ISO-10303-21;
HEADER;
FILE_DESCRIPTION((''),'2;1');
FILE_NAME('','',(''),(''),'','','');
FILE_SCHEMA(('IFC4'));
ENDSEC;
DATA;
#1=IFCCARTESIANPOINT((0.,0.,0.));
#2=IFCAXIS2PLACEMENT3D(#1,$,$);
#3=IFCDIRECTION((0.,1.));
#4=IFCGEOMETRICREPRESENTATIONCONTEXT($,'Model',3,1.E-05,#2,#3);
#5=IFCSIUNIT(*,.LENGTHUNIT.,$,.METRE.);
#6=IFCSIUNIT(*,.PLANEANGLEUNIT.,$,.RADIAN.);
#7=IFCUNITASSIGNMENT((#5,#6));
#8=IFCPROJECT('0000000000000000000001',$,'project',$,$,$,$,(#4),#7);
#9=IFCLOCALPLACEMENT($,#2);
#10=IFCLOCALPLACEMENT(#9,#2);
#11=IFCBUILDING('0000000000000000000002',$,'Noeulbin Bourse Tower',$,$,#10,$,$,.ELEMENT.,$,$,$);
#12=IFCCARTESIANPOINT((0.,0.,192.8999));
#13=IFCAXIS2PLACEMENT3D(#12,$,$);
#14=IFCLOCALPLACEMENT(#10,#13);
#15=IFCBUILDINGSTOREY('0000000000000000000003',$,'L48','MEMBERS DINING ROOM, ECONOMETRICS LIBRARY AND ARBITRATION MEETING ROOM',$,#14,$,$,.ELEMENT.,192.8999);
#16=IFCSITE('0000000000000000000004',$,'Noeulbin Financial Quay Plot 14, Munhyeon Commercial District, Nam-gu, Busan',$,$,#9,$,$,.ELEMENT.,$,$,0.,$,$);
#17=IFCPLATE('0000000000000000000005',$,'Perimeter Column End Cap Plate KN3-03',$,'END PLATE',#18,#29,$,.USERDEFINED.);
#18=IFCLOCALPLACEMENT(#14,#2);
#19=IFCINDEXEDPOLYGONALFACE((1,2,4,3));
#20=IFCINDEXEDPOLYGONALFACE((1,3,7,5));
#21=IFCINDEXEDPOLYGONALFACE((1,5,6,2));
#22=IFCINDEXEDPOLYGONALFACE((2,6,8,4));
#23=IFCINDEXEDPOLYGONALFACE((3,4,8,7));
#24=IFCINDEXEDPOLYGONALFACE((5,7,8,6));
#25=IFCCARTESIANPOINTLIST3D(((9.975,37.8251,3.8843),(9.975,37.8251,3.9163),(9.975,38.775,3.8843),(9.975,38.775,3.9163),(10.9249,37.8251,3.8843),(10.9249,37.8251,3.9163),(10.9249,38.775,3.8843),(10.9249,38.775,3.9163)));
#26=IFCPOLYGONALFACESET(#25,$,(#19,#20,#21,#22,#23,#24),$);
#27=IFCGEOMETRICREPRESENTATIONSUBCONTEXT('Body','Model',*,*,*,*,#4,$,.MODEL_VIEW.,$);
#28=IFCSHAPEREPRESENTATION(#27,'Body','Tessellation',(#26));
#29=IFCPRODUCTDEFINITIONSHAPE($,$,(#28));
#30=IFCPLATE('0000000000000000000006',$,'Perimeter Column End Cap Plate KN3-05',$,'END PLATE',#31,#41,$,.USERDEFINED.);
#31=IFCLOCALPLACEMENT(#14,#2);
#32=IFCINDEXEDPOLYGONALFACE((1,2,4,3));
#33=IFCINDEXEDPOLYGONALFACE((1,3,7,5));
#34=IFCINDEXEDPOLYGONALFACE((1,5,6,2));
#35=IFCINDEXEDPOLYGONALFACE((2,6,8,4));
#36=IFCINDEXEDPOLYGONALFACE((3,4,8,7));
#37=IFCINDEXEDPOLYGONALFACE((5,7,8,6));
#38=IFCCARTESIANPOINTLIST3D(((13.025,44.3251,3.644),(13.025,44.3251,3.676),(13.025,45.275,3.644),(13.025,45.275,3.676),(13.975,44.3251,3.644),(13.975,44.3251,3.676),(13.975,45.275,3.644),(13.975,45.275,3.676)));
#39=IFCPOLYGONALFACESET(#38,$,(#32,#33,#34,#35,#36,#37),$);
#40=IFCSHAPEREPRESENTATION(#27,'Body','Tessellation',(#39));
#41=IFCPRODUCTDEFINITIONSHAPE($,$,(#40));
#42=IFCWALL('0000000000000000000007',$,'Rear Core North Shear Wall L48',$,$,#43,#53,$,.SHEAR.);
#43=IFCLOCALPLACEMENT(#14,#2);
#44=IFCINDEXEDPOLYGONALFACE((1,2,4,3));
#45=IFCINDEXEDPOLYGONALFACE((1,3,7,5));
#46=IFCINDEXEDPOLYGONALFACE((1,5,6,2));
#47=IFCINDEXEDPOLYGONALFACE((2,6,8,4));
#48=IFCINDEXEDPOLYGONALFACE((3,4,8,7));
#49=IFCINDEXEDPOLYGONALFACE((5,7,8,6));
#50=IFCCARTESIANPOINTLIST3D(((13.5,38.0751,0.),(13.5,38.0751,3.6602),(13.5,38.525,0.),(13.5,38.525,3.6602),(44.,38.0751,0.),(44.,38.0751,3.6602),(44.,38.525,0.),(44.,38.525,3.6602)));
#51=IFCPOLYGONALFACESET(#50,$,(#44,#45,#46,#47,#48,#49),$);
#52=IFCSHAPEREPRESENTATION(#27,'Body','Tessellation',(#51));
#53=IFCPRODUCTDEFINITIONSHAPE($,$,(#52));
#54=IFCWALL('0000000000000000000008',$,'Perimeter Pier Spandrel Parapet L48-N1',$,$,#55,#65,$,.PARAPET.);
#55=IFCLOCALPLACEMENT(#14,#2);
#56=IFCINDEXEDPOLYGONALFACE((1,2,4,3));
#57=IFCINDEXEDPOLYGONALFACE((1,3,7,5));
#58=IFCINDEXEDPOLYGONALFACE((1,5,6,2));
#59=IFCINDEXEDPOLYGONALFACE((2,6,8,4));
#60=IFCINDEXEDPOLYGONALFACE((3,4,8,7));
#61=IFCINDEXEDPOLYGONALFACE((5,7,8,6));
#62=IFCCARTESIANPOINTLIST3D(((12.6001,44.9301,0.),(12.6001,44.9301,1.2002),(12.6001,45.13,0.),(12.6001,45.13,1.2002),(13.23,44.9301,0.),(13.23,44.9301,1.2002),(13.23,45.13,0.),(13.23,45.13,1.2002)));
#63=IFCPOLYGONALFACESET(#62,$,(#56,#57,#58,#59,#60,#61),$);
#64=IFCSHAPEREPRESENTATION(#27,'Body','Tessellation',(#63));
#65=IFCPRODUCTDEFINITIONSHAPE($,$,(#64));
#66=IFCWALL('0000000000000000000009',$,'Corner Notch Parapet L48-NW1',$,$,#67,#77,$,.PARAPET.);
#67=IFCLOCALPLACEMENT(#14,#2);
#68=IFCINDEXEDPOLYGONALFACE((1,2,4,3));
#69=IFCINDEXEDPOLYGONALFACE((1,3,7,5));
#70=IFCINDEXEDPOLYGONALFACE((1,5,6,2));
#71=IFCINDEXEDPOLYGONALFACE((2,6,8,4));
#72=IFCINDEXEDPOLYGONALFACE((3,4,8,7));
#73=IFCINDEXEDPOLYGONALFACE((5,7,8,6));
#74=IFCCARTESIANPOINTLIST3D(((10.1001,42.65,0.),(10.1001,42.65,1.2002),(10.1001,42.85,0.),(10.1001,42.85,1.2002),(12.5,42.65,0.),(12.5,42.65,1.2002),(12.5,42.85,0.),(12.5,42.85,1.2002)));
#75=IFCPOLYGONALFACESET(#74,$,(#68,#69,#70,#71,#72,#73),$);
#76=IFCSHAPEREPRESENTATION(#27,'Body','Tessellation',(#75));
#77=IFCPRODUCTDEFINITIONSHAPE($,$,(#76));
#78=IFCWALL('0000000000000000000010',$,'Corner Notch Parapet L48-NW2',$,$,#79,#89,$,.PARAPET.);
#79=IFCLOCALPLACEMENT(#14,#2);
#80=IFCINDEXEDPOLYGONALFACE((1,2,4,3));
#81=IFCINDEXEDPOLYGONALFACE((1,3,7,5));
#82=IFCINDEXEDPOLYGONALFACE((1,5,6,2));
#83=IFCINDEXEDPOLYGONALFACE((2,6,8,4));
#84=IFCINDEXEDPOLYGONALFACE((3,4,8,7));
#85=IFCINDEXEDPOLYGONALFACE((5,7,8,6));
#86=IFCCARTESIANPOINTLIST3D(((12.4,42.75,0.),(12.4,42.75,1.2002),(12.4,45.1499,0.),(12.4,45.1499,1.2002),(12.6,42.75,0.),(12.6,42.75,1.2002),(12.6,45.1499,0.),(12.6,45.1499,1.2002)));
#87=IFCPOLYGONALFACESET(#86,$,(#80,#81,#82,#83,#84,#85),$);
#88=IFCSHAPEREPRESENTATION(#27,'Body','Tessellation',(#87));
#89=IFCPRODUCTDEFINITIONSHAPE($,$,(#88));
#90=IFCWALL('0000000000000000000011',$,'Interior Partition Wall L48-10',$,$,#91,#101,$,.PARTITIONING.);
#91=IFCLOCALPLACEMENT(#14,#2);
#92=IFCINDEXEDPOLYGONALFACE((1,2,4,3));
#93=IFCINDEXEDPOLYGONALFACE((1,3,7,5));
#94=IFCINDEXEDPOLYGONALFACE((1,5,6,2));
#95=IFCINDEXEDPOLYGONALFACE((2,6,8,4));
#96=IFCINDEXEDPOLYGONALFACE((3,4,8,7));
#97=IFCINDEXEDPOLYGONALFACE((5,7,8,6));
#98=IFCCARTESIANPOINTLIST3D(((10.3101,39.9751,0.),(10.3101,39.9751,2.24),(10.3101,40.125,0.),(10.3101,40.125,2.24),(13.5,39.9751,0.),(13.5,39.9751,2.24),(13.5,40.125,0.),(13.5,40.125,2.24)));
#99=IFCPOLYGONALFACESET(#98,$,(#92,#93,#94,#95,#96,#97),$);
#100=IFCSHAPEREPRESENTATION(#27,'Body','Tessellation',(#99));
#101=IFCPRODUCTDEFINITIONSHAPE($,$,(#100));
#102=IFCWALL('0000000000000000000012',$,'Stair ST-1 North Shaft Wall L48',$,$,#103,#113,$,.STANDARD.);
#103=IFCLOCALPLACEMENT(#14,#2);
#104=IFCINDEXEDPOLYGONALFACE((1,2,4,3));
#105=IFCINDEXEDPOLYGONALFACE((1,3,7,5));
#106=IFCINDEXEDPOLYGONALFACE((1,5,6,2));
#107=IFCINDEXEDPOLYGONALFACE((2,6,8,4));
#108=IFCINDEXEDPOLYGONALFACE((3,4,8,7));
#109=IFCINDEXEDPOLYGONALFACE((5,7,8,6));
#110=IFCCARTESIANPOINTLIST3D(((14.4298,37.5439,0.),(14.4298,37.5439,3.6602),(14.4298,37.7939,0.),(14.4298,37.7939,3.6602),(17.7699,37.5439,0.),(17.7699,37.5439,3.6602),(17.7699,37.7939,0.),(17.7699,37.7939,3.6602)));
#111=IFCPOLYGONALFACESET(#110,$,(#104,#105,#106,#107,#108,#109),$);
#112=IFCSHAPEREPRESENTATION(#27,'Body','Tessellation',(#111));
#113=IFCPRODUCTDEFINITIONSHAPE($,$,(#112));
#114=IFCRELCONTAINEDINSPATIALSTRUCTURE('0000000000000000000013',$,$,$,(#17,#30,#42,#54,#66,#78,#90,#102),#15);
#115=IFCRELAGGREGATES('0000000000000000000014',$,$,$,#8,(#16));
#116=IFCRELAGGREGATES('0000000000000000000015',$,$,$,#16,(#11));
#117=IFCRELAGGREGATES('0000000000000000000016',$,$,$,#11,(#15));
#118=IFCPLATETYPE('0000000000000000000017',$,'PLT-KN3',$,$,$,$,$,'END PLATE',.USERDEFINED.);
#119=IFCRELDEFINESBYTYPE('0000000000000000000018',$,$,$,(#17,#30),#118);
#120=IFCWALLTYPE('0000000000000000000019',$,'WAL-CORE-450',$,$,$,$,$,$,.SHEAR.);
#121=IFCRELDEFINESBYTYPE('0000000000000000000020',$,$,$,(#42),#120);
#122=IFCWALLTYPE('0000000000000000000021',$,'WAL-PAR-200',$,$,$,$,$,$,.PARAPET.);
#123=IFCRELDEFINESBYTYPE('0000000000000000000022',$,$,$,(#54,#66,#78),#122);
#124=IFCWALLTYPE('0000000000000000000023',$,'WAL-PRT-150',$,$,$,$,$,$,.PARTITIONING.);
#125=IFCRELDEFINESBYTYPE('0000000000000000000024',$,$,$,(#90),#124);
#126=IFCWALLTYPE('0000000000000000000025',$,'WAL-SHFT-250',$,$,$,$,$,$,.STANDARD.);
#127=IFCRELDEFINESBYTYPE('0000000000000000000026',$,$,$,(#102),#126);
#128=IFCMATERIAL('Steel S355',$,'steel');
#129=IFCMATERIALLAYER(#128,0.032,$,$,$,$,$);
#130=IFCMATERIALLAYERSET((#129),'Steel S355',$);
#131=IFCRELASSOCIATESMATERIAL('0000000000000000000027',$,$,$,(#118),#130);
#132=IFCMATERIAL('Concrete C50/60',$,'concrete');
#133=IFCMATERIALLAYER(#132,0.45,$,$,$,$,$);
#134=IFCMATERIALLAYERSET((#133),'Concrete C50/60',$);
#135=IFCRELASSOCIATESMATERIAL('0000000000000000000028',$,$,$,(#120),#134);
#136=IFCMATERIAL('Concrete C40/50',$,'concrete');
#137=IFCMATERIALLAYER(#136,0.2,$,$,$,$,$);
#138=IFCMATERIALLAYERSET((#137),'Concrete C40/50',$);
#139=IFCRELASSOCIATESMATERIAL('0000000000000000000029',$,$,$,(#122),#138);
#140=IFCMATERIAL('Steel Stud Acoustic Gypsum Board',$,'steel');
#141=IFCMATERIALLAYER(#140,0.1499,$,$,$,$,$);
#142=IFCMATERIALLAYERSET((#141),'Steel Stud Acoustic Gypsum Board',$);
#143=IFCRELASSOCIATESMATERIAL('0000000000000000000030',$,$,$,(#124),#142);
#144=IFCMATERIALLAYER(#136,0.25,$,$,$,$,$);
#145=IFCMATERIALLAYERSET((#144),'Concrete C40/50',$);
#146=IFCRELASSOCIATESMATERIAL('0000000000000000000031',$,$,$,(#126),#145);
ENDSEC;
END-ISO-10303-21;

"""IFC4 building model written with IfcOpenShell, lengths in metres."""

from ifc_helpers import new_model, si_unit, direction, frame, frame_2d, origin, origin_2d, place, context, subcontext, project, spatial, rectangle, extrude, material, layer, layer_set, type_object, element, save


model = new_model("IFC4")

# Units and contexts
model_context = context("Model", 3, precision=1e-05, world=origin(), true_north=direction((0.0, 1.0)))
body_context = subcontext(model_context, "Body", "Model", "MODEL_VIEW")
ifc_project = project(units=[si_unit("LENGTHUNIT", "METRE"), si_unit("PLANEANGLEUNIT", "RADIAN")], contexts=[model_context])

# Site, building, storey
site_placement = place(None, origin())
site = spatial("IfcSite", under=ifc_project, at=site_placement, Name="Noeulbin Financial Quay Plot 14, Munhyeon Commercial District, Nam-gu, Busan", CompositionType="ELEMENT", RefElevation=0.0)
building_placement = place(site_placement, origin())
building = spatial("IfcBuilding", under=site, at=building_placement, Name="Noeulbin Bourse Tower", CompositionType="ELEMENT")
storey_placement = place(building_placement, frame((0.0, 0.0, 192.8999)))
storey = spatial("IfcBuildingStorey", under=building, at=storey_placement, Name="L48", Description="MEMBERS DINING ROOM, ECONOMETRICS LIBRARY AND ARBITRATION MEETING ROOM", CompositionType="ELEMENT", Elevation=192.8999)

# Shared definitions
ifc_material_1 = material(Name="Steel S355", Category="steel")

# Plates
ifc_layer_1 = layer(ifc_material_1, 0.032)
ifc_layer_set_1 = layer_set([ifc_layer_1], Name="Steel S355")
plate_type_1 = type_object("IfcPlateType", Name="PLT-KN3", ElementType="END PLATE", PredefinedType="USERDEFINED", material=ifc_layer_set_1)
for number, where, z_axis, x_axis, name in (
    (1, (10.45, 38.3, 3.8843), (0.0, 0.0, 1.0), (1.0, 0.0, 0.0), "Perimeter Column End Cap Plate KN3-03"),
    (2, (13.5, 44.8, 3.644), (0.0, 0.0, 1.0), (1.0, 0.0, 0.0), "Perimeter Column End Cap Plate KN3-05"),
):
    element("IfcPlate", number, at=place(storey_placement, frame(where, z_axis=z_axis, x_axis=x_axis)), inside=storey, type_object=plate_type_1, Name=name, ObjectType="END PLATE", PredefinedType="USERDEFINED", context=body_context, shape_type="SweptSolid", body=[
        extrude(rectangle(XDim=0.95, YDim=0.95, at=origin_2d()), origin(), (0.0, 0.0, 1.0), 0.032),
    ])

# Walls
ifc_material_2 = material(Name="Concrete C50/60", Category="concrete")
ifc_layer_2 = layer(ifc_material_2, 0.45)
ifc_layer_set_2 = layer_set([ifc_layer_2], Name="Concrete C50/60")
wall_type_1 = type_object("IfcWallType", Name="WAL-CORE-450", PredefinedType="SHEAR", material=ifc_layer_set_2)
wall_1_placement = place(storey_placement, frame((13.5, 38.3, 0.0), z_axis=(0.0, 0.0, 1.0), x_axis=(1.0, 0.0, 0.0)))
element("IfcWall", 3, at=wall_1_placement, inside=storey, type_object=wall_type_1, Name="Rear Core North Shear Wall L48", PredefinedType="SHEAR", context=body_context, shape_type="SweptSolid", body=[
    extrude(rectangle(XDim=30.5, YDim=0.45, at=frame_2d((15.25, 0.0))), origin(), (0.0, 0.0, 1.0), 3.6602),
])
ifc_material_3 = material(Name="Concrete C40/50", Category="concrete")
ifc_layer_3 = layer(ifc_material_3, 0.2)
ifc_layer_set_3 = layer_set([ifc_layer_3], Name="Concrete C40/50")
wall_type_2 = type_object("IfcWallType", Name="WAL-PAR-200", PredefinedType="PARAPET", material=ifc_layer_set_3)
wall_2_placement = place(storey_placement, frame((12.6001, 45.03, 0.0), z_axis=(0.0, 0.0, 1.0), x_axis=(1.0, 0.0, 0.0)))
element("IfcWall", 4, at=wall_2_placement, inside=storey, type_object=wall_type_2, Name="Perimeter Pier Spandrel Parapet L48-N1", PredefinedType="PARAPET", context=body_context, shape_type="SweptSolid", body=[
    extrude(rectangle(XDim=0.6299, YDim=0.2, at=frame_2d((0.3149, 0.0))), origin(), (0.0, 0.0, 1.0), 1.2002),
])
for number, where, z_axis, x_axis, name in (
    (5, (10.1001, 42.75, 0.0), (0.0, 0.0, 1.0), (1.0, 0.0, 0.0), "Corner Notch Parapet L48-NW1"),
    (6, (12.5, 42.75, 0.0), (0.0, 0.0, 1.0), (0.0, 1.0, 0.0), "Corner Notch Parapet L48-NW2"),
):
    element("IfcWall", number, at=place(storey_placement, frame(where, z_axis=z_axis, x_axis=x_axis)), inside=storey, type_object=wall_type_2, Name=name, PredefinedType="PARAPET", context=body_context, shape_type="SweptSolid", body=[
        extrude(rectangle(XDim=2.3999, YDim=0.2, at=frame_2d((1.2, 0.0))), origin(), (0.0, 0.0, 1.0), 1.2002),
    ])
ifc_material_4 = material(Name="Steel Stud Acoustic Gypsum Board", Category="steel")
ifc_layer_4 = layer(ifc_material_4, 0.1499)
ifc_layer_set_4 = layer_set([ifc_layer_4], Name="Steel Stud Acoustic Gypsum Board")
wall_type_3 = type_object("IfcWallType", Name="WAL-PRT-150", PredefinedType="PARTITIONING", material=ifc_layer_set_4)
wall_3_placement = place(storey_placement, frame((10.3101, 40.05, 0.0), z_axis=(0.0, 0.0, 1.0), x_axis=(1.0, 0.0, 0.0)))
element("IfcWall", 7, at=wall_3_placement, inside=storey, type_object=wall_type_3, Name="Interior Partition Wall L48-10", PredefinedType="PARTITIONING", context=body_context, shape_type="SweptSolid", body=[
    extrude(rectangle(XDim=3.1899, YDim=0.1499, at=frame_2d((1.595, 0.0))), origin(), (0.0, 0.0, 1.0), 2.24),
])
ifc_layer_5 = layer(ifc_material_3, 0.25)
ifc_layer_set_5 = layer_set([ifc_layer_5], Name="Concrete C40/50")
wall_type_4 = type_object("IfcWallType", Name="WAL-SHFT-250", PredefinedType="STANDARD", material=ifc_layer_set_5)
wall_4_placement = place(storey_placement, frame((14.4299, 37.6689, 0.0), z_axis=(0.0, 0.0, 1.0), x_axis=(1.0, 0.0, 0.0)))
element("IfcWall", 8, at=wall_4_placement, inside=storey, type_object=wall_type_4, Name="Stair ST-1 North Shaft Wall L48", PredefinedType="STANDARD", context=body_context, shape_type="SweptSolid", body=[
    extrude(rectangle(XDim=3.3401, YDim=0.25, at=frame_2d((1.6699, 0.0))), origin(), (0.0, 0.0, 1.0), 3.6602),
])

save(model, "model.ifc")
